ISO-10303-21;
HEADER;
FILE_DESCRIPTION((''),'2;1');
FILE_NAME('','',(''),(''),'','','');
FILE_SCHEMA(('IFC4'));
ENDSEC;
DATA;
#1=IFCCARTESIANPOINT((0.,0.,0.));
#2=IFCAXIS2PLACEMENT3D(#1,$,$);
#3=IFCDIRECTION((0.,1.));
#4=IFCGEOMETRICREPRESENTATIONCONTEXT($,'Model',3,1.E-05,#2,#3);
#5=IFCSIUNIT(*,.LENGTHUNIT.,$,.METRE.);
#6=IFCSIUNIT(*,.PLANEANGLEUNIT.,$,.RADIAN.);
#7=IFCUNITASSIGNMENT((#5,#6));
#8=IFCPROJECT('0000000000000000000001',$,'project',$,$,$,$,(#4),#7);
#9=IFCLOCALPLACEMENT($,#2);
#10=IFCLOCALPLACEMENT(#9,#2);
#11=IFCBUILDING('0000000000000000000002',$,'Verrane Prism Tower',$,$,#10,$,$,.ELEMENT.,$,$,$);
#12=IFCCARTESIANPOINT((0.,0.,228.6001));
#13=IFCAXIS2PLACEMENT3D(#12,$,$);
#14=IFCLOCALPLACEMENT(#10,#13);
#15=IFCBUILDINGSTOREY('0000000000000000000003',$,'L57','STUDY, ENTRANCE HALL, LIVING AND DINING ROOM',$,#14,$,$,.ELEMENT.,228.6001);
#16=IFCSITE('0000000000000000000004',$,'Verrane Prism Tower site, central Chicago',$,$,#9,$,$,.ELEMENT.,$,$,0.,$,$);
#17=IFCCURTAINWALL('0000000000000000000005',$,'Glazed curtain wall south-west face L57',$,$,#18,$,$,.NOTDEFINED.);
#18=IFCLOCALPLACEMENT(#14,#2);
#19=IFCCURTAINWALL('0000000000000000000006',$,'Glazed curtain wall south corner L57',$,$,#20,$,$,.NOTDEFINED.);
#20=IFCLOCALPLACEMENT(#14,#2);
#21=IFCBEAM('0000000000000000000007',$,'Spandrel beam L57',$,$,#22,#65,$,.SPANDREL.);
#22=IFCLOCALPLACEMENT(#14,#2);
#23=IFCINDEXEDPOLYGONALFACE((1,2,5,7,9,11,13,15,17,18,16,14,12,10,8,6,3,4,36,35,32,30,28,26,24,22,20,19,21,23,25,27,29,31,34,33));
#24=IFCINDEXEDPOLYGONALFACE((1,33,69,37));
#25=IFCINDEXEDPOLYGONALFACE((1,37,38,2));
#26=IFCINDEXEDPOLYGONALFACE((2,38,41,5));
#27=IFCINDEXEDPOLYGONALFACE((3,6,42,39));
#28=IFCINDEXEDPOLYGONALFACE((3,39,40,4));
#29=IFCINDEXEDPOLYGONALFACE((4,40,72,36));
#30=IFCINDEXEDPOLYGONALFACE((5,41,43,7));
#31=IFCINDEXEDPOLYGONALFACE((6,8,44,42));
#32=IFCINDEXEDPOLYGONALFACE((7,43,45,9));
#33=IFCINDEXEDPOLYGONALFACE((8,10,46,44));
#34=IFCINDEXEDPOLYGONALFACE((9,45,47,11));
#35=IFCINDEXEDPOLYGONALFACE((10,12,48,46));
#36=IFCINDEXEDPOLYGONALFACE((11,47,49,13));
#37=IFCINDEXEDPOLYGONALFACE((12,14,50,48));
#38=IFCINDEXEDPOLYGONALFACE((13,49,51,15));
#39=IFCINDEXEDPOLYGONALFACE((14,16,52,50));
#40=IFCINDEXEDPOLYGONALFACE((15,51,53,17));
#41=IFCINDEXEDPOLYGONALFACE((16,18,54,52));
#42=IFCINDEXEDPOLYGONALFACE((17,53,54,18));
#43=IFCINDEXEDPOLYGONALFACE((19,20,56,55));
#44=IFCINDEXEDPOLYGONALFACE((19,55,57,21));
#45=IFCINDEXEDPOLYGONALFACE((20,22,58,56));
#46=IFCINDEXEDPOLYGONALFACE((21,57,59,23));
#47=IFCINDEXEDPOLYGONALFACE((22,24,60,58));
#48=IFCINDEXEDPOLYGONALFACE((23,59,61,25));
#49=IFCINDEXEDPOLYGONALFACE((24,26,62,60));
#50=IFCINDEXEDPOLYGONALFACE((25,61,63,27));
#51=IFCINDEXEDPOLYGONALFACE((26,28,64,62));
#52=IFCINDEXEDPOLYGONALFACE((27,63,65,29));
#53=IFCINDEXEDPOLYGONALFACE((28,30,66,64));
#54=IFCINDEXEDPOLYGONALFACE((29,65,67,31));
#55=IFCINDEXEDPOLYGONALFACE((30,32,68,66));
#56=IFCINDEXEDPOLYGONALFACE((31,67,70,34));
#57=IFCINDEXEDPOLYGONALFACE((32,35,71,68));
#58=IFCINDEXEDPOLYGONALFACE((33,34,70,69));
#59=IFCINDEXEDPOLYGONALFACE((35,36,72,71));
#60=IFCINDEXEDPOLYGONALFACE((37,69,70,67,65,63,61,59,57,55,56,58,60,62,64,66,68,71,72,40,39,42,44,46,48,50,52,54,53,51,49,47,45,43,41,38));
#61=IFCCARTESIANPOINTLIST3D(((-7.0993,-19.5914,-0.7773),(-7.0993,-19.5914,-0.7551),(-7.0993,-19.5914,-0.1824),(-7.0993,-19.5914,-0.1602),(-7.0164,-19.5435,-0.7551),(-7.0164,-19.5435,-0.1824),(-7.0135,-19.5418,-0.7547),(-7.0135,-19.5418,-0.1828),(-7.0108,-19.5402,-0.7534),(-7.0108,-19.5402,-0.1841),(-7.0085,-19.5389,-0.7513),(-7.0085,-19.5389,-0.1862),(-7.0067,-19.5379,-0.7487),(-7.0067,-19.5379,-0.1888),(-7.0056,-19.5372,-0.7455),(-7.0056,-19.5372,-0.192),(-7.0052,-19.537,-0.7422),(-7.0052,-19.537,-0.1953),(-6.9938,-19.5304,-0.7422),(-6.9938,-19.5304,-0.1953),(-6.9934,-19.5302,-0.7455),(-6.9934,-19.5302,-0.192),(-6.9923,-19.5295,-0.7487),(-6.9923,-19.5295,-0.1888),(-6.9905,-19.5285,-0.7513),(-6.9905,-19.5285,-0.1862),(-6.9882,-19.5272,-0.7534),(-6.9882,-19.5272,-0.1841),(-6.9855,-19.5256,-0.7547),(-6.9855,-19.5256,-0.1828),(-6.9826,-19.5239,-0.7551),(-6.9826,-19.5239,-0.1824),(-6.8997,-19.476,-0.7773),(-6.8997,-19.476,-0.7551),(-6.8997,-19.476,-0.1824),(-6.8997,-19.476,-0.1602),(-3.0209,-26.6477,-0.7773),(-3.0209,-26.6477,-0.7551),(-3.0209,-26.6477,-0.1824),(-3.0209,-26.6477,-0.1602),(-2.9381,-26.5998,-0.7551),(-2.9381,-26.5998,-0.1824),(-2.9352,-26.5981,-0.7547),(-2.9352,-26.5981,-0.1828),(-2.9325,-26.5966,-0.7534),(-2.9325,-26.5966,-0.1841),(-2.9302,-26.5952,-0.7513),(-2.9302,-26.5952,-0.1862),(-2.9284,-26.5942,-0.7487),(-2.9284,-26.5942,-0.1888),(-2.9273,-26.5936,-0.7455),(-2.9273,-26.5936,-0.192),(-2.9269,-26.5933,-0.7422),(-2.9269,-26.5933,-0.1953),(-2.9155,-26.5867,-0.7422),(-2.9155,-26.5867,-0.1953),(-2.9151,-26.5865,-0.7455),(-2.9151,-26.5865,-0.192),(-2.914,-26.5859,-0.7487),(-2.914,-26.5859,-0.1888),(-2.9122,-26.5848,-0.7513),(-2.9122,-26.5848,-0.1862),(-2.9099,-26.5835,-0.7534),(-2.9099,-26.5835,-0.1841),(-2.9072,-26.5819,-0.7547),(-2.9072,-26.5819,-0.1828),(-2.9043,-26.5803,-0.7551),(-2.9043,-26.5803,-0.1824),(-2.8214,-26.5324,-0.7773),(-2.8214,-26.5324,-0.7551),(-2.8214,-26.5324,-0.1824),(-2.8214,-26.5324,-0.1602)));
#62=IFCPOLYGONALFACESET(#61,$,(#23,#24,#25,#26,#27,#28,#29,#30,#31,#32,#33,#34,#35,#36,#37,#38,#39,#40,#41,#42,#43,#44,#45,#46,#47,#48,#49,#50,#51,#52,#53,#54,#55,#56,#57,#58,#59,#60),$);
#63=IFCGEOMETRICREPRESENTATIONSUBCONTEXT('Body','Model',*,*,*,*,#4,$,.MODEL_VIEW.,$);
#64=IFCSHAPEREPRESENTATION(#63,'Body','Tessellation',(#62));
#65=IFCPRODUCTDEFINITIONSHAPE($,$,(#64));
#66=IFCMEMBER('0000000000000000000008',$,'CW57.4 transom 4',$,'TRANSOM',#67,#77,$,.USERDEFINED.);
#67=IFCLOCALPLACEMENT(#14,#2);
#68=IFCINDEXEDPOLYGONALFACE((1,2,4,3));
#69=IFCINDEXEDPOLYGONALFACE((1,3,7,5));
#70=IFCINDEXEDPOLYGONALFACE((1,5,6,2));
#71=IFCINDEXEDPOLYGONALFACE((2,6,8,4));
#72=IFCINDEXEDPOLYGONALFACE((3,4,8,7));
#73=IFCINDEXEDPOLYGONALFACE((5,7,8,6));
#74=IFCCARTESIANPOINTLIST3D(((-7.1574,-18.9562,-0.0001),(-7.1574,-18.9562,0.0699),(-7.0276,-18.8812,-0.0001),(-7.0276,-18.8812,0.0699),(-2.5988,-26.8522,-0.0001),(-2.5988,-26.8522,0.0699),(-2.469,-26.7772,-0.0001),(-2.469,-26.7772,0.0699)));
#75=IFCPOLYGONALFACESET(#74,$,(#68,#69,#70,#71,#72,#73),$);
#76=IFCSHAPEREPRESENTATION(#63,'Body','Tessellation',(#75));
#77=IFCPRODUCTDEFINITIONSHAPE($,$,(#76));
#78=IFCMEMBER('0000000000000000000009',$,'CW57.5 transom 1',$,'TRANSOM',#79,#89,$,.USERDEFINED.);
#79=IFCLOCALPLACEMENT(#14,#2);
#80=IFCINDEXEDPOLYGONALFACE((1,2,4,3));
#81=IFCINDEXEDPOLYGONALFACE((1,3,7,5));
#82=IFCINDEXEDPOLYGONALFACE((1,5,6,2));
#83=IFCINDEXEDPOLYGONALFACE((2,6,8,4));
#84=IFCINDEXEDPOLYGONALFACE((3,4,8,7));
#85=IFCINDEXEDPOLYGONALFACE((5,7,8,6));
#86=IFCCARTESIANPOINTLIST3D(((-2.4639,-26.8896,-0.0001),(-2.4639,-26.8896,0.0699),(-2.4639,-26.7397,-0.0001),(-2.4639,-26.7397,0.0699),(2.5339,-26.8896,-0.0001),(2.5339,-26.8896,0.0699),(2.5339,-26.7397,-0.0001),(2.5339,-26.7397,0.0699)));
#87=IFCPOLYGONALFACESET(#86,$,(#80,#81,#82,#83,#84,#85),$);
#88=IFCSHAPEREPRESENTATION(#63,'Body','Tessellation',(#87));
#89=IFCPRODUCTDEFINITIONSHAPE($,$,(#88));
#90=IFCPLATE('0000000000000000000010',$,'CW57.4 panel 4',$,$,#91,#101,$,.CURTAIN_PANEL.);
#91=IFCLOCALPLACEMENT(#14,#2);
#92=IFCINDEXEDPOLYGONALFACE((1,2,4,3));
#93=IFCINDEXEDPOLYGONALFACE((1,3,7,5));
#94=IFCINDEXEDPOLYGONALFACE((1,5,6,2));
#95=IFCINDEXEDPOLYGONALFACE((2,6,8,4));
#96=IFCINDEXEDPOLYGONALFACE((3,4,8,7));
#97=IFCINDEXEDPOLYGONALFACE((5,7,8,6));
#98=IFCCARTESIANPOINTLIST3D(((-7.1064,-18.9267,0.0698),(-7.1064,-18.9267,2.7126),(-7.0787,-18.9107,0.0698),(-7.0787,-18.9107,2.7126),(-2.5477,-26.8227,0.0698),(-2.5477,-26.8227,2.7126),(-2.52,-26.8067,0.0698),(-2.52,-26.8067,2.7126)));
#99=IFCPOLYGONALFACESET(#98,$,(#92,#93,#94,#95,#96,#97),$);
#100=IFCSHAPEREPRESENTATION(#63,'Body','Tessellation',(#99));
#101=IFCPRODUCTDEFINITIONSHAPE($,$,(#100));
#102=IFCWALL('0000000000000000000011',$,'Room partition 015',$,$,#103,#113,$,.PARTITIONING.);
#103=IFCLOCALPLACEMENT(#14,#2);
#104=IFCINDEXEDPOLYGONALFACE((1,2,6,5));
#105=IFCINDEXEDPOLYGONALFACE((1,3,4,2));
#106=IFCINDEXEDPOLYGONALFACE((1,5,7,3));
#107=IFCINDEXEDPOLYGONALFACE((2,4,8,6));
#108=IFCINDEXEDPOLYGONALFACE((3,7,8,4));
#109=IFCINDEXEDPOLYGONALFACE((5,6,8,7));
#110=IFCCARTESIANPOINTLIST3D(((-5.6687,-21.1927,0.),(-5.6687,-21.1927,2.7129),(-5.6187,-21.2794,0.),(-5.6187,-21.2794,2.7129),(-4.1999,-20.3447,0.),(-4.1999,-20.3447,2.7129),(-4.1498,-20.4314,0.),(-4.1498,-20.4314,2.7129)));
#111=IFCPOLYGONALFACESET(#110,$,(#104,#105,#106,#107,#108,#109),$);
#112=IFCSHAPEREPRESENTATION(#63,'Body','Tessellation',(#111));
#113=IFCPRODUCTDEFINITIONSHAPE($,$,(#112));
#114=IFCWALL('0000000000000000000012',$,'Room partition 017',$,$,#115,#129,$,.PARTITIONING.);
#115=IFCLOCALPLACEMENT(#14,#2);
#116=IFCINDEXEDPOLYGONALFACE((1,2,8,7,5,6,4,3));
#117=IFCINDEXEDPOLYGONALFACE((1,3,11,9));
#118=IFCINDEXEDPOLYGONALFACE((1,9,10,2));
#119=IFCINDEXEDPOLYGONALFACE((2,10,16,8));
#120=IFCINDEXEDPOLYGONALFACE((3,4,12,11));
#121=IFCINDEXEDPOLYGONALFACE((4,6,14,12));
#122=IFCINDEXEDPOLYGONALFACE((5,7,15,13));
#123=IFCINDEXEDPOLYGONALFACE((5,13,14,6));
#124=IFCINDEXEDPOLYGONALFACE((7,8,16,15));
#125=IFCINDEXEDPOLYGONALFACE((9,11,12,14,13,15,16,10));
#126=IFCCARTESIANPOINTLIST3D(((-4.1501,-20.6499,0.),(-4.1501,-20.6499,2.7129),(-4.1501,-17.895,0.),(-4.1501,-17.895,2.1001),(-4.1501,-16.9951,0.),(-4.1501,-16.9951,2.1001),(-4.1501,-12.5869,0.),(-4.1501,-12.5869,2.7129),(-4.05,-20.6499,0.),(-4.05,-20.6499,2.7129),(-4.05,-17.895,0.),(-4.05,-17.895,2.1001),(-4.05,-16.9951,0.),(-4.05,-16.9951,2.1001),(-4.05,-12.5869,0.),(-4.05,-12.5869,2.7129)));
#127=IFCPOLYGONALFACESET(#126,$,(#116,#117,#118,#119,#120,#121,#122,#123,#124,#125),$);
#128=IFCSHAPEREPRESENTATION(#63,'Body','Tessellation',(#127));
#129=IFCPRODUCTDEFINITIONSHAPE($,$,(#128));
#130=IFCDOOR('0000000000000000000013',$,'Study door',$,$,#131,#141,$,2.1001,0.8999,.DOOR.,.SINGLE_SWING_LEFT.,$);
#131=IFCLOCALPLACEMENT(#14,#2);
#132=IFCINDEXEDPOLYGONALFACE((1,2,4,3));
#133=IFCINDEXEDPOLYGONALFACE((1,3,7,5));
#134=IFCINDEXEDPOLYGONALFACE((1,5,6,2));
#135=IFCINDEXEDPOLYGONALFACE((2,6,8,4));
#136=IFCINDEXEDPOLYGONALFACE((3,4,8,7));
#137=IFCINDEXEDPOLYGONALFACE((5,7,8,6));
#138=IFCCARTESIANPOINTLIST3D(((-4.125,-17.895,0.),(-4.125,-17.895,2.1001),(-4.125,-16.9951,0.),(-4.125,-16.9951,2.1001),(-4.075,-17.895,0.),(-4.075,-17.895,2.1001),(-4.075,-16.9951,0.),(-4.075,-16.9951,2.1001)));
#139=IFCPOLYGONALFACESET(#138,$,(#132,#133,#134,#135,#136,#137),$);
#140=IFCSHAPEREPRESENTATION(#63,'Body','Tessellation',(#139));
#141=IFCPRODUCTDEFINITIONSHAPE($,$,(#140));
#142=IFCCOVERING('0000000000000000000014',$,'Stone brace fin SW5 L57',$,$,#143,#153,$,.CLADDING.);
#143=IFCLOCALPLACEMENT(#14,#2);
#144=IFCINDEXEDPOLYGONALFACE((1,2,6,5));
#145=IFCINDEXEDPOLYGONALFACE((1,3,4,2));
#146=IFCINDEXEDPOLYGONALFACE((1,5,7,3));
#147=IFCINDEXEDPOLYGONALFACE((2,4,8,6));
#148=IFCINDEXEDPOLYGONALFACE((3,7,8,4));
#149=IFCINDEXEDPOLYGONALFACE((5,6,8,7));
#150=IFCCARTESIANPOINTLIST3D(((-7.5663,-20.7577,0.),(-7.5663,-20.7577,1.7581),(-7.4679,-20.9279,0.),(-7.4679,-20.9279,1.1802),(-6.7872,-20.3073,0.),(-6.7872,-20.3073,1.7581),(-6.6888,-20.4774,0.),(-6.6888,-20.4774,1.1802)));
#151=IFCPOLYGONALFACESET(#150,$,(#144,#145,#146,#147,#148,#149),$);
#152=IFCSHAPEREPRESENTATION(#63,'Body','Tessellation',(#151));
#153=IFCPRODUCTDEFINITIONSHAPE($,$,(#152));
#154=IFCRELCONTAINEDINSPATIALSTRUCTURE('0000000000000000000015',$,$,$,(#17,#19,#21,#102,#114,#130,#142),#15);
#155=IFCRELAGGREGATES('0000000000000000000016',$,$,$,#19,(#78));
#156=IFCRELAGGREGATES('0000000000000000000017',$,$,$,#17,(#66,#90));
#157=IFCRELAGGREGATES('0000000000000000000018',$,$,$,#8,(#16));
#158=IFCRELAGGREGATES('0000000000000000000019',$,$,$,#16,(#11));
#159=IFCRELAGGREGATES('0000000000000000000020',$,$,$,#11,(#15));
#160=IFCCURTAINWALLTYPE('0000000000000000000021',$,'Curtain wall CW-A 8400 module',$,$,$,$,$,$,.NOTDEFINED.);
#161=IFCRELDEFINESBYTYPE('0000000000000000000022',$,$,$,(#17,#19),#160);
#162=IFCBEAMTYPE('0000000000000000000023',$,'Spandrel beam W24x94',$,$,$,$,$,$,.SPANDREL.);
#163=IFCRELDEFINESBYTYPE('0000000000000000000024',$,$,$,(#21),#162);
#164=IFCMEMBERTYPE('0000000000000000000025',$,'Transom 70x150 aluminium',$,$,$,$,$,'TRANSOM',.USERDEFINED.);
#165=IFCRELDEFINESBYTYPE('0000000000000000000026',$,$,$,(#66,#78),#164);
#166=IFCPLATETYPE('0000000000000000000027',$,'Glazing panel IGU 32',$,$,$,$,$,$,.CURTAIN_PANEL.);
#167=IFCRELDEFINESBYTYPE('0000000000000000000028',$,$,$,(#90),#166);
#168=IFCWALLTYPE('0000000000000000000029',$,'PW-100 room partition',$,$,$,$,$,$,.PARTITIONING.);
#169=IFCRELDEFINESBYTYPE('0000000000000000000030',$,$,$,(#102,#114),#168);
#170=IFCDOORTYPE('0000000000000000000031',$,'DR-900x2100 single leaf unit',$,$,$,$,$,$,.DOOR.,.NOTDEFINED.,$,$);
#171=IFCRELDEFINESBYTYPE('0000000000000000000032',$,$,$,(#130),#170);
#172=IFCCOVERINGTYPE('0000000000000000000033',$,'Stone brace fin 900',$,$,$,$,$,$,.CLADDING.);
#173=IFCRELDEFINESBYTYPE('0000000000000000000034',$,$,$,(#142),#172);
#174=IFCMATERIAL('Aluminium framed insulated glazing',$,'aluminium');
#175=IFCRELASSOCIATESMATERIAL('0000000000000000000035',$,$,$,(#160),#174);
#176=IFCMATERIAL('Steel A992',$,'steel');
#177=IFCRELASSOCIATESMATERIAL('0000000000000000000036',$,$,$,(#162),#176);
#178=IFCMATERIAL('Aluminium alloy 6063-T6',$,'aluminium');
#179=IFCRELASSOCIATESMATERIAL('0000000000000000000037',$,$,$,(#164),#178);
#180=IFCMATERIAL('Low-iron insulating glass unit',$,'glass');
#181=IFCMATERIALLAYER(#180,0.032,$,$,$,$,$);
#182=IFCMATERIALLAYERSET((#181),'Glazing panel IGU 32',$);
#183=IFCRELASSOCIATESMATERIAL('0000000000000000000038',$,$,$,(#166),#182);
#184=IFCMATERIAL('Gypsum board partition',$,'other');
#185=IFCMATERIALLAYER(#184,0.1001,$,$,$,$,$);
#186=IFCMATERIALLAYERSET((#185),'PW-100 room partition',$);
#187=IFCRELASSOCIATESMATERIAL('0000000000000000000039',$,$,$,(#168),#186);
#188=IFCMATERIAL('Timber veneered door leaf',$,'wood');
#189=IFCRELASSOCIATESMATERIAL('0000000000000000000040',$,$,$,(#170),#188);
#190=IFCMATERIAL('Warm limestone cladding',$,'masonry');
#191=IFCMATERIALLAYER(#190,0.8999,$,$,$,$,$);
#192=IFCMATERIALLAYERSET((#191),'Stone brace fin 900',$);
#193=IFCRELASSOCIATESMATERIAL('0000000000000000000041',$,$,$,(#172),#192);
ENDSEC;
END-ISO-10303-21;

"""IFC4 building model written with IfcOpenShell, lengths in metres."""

from ifc_helpers import new_model, si_unit, direction, frame, frame_2d, origin, origin_2d, place, context, subcontext, project, spatial, polyline, rectangle, i_section, outline, extrude, material, layer, layer_set, material_profile, profile_set, type_object, element, fill, aggregate, save


model = new_model("IFC4")

# Units and contexts
model_context = context("Model", 3, precision=1e-05, world=origin(), true_north=direction((0.0, 1.0)))
body_context = subcontext(model_context, "Body", "Model", "MODEL_VIEW")
ifc_project = project(units=[si_unit("LENGTHUNIT", "METRE"), si_unit("PLANEANGLEUNIT", "RADIAN")], contexts=[model_context])

# Site, building, storey
site_placement = place(None, origin())
site = spatial("IfcSite", under=ifc_project, at=site_placement, Name="Verrane Prism Tower site, central Chicago", CompositionType="ELEMENT", RefElevation=0.0)
building_placement = place(site_placement, origin())
building = spatial("IfcBuilding", under=site, at=building_placement, Name="Verrane Prism Tower", CompositionType="ELEMENT")
storey_placement = place(building_placement, frame((0.0, 0.0, 228.6001)))
storey = spatial("IfcBuildingStorey", under=building, at=storey_placement, Name="L57", Description="STUDY, ENTRANCE HALL, LIVING AND DINING ROOM", CompositionType="ELEMENT", Elevation=228.6001)

# Curtain walls
ifc_material_1 = material(Name="Aluminium framed insulated glazing", Category="aluminium")
curtain_wall_type = type_object("IfcCurtainWallType", Name="Curtain wall CW-A 8400 module", PredefinedType="NOTDEFINED", material=ifc_material_1)
curtain_wall_1_placement = place(storey_placement, origin())
curtain_wall_1 = element("IfcCurtainWall", 1, at=curtain_wall_1_placement, inside=storey, type_object=curtain_wall_type, Name="Glazed curtain wall south-west face L57", PredefinedType="NOTDEFINED")
curtain_wall_2_placement = place(storey_placement, origin())
curtain_wall_2 = element("IfcCurtainWall", 2, at=curtain_wall_2_placement, inside=storey, type_object=curtain_wall_type, Name="Glazed curtain wall south corner L57", PredefinedType="NOTDEFINED")

# Beam
ifc_material_2 = material(Name="Steel A992", Category="steel")
ifc_material_profile_1 = material_profile(ifc_material_2, i_section(OverallWidth=0.2305, OverallDepth=0.6172, WebThickness=0.0132, FlangeThickness=0.0222, FilletRadius=0.0129, at=origin_2d()), Name="W24x94")
ifc_profile_set_1 = profile_set([ifc_material_profile_1], Name="Steel A992")
beam_type_1 = type_object("IfcBeamType", Name="Spandrel beam W24x94", PredefinedType="SPANDREL", material=ifc_profile_set_1)
beam_1_placement = place(storey_placement, frame((-6.9995, -19.5337, -0.4688), z_axis=(0.500401, -0.865794, 0.0), x_axis=(0.865794, 0.500401, 0.0)))
element("IfcBeam", 3, at=beam_1_placement, inside=storey, type_object=beam_type_1, Name="Spandrel beam L57", PredefinedType="SPANDREL", context=body_context, shape_type="SweptSolid", body=[
    extrude(i_section(OverallWidth=0.2305, OverallDepth=0.6172, WebThickness=0.0132, FlangeThickness=0.0222, FilletRadius=0.0129, at=origin_2d()), origin(), (0.0, 0.0, 1.0), 8.1501),
])

# Members
ifc_material_3 = material(Name="Aluminium alloy 6063-T6", Category="aluminium")
ifc_material_profile_2 = material_profile(ifc_material_3, rectangle(XDim=0.1499, YDim=0.0701, at=origin_2d()), Name="Transom 70x150 aluminium")
ifc_profile_set_2 = profile_set([ifc_material_profile_2], Name="Aluminium alloy 6063-T6")
member_type_1 = type_object("IfcMemberType", Name="Transom 70x150 aluminium", ElementType="TRANSOM", PredefinedType="USERDEFINED", material=ifc_profile_set_2)
member_1_placement = place(storey_placement, frame((-7.0925, -18.9187, 0.0349), z_axis=(0.499987, -0.866033, 0.0), x_axis=(0.866033, 0.499987, 0.0)))
member_1 = element("IfcMember", 4, at=member_1_placement, type_object=member_type_1, Name="CW57.4 transom 4", ObjectType="TRANSOM", PredefinedType="USERDEFINED", context=body_context, shape_type="SweptSolid", body=[
    extrude(rectangle(XDim=0.1499, YDim=0.0701, at=origin_2d()), origin(), (0.0, 0.0, 1.0), 9.1174),
])
member_2_placement = place(storey_placement, frame((-2.4639, -26.8147, 0.0349), z_axis=(1.0, 0.0, 0.0), x_axis=(0.0, 1.0, 0.0)))
member_2 = element("IfcMember", 5, at=member_2_placement, type_object=member_type_1, Name="CW57.5 transom 1", ObjectType="TRANSOM", PredefinedType="USERDEFINED", context=body_context, shape_type="SweptSolid", body=[
    extrude(rectangle(XDim=0.1499, YDim=0.0701, at=origin_2d()), origin(), (0.0, 0.0, 1.0), 4.9978),
])
aggregate(curtain_wall_2, [member_2])

# Plate
ifc_material_4 = material(Name="Low-iron insulating glass unit", Category="glass")
ifc_layer_1 = layer(ifc_material_4, 0.032)
ifc_layer_set_1 = layer_set([ifc_layer_1], Name="Glazing panel IGU 32")
plate_type = type_object("IfcPlateType", Name="Glazing panel IGU 32", PredefinedType="CURTAIN_PANEL", material=ifc_layer_set_1)
plate_placement = place(storey_placement, frame((-4.8132, -22.8667, 0.0698), z_axis=(0.0, 0.0, 1.0), x_axis=(0.5, -0.866025, 0.0)))
plate = element("IfcPlate", 6, at=plate_placement, type_object=plate_type, Name="CW57.4 panel 4", PredefinedType="CURTAIN_PANEL", context=body_context, shape_type="SweptSolid", body=[
    extrude(rectangle(XDim=9.1174, YDim=0.032, at=origin_2d()), origin(), (0.0, 0.0, 1.0), 2.6428),
])
aggregate(curtain_wall_1, [member_1, plate])

# Wall
ifc_material_5 = material(Name="Gypsum board partition", Category="other")
ifc_layer_2 = layer(ifc_material_5, 0.1001)
ifc_layer_set_2 = layer_set([ifc_layer_2], Name="PW-100 room partition")
wall_type = type_object("IfcWallType", Name="PW-100 room partition", PredefinedType="PARTITIONING", material=ifc_layer_set_2)
wall_1_placement = place(storey_placement, frame((-5.6438, -21.2361, 0.0), z_axis=(0.0, 0.0, 1.0), x_axis=(0.866047, 0.499963, 0.0)))
element("IfcWall", 7, at=wall_1_placement, inside=storey, type_object=wall_type, Name="Room partition 015", PredefinedType="PARTITIONING", context=body_context, shape_type="SweptSolid", body=[
    extrude(rectangle(XDim=1.696, YDim=0.1001, at=frame_2d((0.8481, 0.0))), origin(), (0.0, 0.0, 1.0), 2.7129),
])

# Wall, opening, door
wall_2_placement = place(storey_placement, frame((-4.1001, -20.6499, 0.0), z_axis=(0.0, 0.0, 1.0), x_axis=(0.0, 1.0, 0.0)))
wall_2 = element("IfcWall", 8, at=wall_2_placement, inside=storey, type_object=wall_type, Name="Room partition 017", PredefinedType="PARTITIONING", context=body_context, shape_type="SweptSolid", body=[
    extrude(rectangle(XDim=8.063, YDim=0.1001, at=frame_2d((4.0315, 0.0))), origin(), (0.0, 0.0, 1.0), 2.7129),
])
opening_placement = place(wall_2_placement, frame((2.7549, 0.0, 0.0)))
opening = element("IfcOpeningElement", 9, at=opening_placement, cuts=wall_2, PredefinedType="OPENING", context=body_context, shape_type="SweptSolid", body=[
    extrude(rectangle(XDim=0.8999, YDim=2.1001, at=frame_2d((0.45, 1.05))), frame((0.0, 0.0601, 0.0), z_axis=(0.0, -1.0, 0.0), x_axis=(1.0, 0.0, 0.0)), (0.0, 0.0, 1.0), 0.1201),
])
ifc_material_6 = material(Name="Timber veneered door leaf", Category="wood")
door_type = type_object("IfcDoorType", Name="DR-900x2100 single leaf unit", OperationType="NOTDEFINED", PredefinedType="DOOR", material=ifc_material_6)
door_placement = place(opening_placement, origin())
door = element("IfcDoor", 10, at=door_placement, inside=storey, type_object=door_type, Name="Study door", OperationType="SINGLE_SWING_LEFT", OverallHeight=2.1001, OverallWidth=0.8999, PredefinedType="DOOR", context=body_context, shape_type="SweptSolid", body=[
    extrude(rectangle(XDim=0.8999, YDim=2.1001, at=frame_2d((0.45, 1.05))), frame((0.0, 0.0249, 0.0), z_axis=(0.0, -1.0, 0.0), x_axis=(1.0, 0.0, 0.0)), (0.0, 0.0, 1.0), 0.05),
])
fill(opening, door)

# Covering
ifc_material_7 = material(Name="Warm limestone cladding", Category="masonry")
ifc_layer_3 = layer(ifc_material_7, 0.8999)
ifc_layer_set_3 = layer_set([ifc_layer_3], Name="Stone brace fin 900")
covering_type = type_object("IfcCoveringType", Name="Stone brace fin 900", PredefinedType="CLADDING", material=ifc_layer_set_3)
covering_placement = place(storey_placement, frame((-7.0784, -20.7026, 0.0), z_axis=(0.0, 0.0, 1.0), x_axis=(-0.500547, 0.86571, 0.0)))
element("IfcCovering", 11, at=covering_placement, inside=storey, type_object=covering_type, Name="Stone brace fin SW5 L57", PredefinedType="CLADDING", context=body_context, shape_type="SweptSolid", body=[
    extrude(outline(polyline([(0.0, 0.0), (0.1965, 0.0), (0.1965, 1.7581), (0.0, 1.1802), (0.0, 0.0)])), frame((0.0, 0.45, 0.0), z_axis=(0.0, -1.0, 0.0), x_axis=(1.0, 0.0, 0.0)), (0.0, 0.0, 1.0), 0.8999),
])

save(model, "model.ifc")
